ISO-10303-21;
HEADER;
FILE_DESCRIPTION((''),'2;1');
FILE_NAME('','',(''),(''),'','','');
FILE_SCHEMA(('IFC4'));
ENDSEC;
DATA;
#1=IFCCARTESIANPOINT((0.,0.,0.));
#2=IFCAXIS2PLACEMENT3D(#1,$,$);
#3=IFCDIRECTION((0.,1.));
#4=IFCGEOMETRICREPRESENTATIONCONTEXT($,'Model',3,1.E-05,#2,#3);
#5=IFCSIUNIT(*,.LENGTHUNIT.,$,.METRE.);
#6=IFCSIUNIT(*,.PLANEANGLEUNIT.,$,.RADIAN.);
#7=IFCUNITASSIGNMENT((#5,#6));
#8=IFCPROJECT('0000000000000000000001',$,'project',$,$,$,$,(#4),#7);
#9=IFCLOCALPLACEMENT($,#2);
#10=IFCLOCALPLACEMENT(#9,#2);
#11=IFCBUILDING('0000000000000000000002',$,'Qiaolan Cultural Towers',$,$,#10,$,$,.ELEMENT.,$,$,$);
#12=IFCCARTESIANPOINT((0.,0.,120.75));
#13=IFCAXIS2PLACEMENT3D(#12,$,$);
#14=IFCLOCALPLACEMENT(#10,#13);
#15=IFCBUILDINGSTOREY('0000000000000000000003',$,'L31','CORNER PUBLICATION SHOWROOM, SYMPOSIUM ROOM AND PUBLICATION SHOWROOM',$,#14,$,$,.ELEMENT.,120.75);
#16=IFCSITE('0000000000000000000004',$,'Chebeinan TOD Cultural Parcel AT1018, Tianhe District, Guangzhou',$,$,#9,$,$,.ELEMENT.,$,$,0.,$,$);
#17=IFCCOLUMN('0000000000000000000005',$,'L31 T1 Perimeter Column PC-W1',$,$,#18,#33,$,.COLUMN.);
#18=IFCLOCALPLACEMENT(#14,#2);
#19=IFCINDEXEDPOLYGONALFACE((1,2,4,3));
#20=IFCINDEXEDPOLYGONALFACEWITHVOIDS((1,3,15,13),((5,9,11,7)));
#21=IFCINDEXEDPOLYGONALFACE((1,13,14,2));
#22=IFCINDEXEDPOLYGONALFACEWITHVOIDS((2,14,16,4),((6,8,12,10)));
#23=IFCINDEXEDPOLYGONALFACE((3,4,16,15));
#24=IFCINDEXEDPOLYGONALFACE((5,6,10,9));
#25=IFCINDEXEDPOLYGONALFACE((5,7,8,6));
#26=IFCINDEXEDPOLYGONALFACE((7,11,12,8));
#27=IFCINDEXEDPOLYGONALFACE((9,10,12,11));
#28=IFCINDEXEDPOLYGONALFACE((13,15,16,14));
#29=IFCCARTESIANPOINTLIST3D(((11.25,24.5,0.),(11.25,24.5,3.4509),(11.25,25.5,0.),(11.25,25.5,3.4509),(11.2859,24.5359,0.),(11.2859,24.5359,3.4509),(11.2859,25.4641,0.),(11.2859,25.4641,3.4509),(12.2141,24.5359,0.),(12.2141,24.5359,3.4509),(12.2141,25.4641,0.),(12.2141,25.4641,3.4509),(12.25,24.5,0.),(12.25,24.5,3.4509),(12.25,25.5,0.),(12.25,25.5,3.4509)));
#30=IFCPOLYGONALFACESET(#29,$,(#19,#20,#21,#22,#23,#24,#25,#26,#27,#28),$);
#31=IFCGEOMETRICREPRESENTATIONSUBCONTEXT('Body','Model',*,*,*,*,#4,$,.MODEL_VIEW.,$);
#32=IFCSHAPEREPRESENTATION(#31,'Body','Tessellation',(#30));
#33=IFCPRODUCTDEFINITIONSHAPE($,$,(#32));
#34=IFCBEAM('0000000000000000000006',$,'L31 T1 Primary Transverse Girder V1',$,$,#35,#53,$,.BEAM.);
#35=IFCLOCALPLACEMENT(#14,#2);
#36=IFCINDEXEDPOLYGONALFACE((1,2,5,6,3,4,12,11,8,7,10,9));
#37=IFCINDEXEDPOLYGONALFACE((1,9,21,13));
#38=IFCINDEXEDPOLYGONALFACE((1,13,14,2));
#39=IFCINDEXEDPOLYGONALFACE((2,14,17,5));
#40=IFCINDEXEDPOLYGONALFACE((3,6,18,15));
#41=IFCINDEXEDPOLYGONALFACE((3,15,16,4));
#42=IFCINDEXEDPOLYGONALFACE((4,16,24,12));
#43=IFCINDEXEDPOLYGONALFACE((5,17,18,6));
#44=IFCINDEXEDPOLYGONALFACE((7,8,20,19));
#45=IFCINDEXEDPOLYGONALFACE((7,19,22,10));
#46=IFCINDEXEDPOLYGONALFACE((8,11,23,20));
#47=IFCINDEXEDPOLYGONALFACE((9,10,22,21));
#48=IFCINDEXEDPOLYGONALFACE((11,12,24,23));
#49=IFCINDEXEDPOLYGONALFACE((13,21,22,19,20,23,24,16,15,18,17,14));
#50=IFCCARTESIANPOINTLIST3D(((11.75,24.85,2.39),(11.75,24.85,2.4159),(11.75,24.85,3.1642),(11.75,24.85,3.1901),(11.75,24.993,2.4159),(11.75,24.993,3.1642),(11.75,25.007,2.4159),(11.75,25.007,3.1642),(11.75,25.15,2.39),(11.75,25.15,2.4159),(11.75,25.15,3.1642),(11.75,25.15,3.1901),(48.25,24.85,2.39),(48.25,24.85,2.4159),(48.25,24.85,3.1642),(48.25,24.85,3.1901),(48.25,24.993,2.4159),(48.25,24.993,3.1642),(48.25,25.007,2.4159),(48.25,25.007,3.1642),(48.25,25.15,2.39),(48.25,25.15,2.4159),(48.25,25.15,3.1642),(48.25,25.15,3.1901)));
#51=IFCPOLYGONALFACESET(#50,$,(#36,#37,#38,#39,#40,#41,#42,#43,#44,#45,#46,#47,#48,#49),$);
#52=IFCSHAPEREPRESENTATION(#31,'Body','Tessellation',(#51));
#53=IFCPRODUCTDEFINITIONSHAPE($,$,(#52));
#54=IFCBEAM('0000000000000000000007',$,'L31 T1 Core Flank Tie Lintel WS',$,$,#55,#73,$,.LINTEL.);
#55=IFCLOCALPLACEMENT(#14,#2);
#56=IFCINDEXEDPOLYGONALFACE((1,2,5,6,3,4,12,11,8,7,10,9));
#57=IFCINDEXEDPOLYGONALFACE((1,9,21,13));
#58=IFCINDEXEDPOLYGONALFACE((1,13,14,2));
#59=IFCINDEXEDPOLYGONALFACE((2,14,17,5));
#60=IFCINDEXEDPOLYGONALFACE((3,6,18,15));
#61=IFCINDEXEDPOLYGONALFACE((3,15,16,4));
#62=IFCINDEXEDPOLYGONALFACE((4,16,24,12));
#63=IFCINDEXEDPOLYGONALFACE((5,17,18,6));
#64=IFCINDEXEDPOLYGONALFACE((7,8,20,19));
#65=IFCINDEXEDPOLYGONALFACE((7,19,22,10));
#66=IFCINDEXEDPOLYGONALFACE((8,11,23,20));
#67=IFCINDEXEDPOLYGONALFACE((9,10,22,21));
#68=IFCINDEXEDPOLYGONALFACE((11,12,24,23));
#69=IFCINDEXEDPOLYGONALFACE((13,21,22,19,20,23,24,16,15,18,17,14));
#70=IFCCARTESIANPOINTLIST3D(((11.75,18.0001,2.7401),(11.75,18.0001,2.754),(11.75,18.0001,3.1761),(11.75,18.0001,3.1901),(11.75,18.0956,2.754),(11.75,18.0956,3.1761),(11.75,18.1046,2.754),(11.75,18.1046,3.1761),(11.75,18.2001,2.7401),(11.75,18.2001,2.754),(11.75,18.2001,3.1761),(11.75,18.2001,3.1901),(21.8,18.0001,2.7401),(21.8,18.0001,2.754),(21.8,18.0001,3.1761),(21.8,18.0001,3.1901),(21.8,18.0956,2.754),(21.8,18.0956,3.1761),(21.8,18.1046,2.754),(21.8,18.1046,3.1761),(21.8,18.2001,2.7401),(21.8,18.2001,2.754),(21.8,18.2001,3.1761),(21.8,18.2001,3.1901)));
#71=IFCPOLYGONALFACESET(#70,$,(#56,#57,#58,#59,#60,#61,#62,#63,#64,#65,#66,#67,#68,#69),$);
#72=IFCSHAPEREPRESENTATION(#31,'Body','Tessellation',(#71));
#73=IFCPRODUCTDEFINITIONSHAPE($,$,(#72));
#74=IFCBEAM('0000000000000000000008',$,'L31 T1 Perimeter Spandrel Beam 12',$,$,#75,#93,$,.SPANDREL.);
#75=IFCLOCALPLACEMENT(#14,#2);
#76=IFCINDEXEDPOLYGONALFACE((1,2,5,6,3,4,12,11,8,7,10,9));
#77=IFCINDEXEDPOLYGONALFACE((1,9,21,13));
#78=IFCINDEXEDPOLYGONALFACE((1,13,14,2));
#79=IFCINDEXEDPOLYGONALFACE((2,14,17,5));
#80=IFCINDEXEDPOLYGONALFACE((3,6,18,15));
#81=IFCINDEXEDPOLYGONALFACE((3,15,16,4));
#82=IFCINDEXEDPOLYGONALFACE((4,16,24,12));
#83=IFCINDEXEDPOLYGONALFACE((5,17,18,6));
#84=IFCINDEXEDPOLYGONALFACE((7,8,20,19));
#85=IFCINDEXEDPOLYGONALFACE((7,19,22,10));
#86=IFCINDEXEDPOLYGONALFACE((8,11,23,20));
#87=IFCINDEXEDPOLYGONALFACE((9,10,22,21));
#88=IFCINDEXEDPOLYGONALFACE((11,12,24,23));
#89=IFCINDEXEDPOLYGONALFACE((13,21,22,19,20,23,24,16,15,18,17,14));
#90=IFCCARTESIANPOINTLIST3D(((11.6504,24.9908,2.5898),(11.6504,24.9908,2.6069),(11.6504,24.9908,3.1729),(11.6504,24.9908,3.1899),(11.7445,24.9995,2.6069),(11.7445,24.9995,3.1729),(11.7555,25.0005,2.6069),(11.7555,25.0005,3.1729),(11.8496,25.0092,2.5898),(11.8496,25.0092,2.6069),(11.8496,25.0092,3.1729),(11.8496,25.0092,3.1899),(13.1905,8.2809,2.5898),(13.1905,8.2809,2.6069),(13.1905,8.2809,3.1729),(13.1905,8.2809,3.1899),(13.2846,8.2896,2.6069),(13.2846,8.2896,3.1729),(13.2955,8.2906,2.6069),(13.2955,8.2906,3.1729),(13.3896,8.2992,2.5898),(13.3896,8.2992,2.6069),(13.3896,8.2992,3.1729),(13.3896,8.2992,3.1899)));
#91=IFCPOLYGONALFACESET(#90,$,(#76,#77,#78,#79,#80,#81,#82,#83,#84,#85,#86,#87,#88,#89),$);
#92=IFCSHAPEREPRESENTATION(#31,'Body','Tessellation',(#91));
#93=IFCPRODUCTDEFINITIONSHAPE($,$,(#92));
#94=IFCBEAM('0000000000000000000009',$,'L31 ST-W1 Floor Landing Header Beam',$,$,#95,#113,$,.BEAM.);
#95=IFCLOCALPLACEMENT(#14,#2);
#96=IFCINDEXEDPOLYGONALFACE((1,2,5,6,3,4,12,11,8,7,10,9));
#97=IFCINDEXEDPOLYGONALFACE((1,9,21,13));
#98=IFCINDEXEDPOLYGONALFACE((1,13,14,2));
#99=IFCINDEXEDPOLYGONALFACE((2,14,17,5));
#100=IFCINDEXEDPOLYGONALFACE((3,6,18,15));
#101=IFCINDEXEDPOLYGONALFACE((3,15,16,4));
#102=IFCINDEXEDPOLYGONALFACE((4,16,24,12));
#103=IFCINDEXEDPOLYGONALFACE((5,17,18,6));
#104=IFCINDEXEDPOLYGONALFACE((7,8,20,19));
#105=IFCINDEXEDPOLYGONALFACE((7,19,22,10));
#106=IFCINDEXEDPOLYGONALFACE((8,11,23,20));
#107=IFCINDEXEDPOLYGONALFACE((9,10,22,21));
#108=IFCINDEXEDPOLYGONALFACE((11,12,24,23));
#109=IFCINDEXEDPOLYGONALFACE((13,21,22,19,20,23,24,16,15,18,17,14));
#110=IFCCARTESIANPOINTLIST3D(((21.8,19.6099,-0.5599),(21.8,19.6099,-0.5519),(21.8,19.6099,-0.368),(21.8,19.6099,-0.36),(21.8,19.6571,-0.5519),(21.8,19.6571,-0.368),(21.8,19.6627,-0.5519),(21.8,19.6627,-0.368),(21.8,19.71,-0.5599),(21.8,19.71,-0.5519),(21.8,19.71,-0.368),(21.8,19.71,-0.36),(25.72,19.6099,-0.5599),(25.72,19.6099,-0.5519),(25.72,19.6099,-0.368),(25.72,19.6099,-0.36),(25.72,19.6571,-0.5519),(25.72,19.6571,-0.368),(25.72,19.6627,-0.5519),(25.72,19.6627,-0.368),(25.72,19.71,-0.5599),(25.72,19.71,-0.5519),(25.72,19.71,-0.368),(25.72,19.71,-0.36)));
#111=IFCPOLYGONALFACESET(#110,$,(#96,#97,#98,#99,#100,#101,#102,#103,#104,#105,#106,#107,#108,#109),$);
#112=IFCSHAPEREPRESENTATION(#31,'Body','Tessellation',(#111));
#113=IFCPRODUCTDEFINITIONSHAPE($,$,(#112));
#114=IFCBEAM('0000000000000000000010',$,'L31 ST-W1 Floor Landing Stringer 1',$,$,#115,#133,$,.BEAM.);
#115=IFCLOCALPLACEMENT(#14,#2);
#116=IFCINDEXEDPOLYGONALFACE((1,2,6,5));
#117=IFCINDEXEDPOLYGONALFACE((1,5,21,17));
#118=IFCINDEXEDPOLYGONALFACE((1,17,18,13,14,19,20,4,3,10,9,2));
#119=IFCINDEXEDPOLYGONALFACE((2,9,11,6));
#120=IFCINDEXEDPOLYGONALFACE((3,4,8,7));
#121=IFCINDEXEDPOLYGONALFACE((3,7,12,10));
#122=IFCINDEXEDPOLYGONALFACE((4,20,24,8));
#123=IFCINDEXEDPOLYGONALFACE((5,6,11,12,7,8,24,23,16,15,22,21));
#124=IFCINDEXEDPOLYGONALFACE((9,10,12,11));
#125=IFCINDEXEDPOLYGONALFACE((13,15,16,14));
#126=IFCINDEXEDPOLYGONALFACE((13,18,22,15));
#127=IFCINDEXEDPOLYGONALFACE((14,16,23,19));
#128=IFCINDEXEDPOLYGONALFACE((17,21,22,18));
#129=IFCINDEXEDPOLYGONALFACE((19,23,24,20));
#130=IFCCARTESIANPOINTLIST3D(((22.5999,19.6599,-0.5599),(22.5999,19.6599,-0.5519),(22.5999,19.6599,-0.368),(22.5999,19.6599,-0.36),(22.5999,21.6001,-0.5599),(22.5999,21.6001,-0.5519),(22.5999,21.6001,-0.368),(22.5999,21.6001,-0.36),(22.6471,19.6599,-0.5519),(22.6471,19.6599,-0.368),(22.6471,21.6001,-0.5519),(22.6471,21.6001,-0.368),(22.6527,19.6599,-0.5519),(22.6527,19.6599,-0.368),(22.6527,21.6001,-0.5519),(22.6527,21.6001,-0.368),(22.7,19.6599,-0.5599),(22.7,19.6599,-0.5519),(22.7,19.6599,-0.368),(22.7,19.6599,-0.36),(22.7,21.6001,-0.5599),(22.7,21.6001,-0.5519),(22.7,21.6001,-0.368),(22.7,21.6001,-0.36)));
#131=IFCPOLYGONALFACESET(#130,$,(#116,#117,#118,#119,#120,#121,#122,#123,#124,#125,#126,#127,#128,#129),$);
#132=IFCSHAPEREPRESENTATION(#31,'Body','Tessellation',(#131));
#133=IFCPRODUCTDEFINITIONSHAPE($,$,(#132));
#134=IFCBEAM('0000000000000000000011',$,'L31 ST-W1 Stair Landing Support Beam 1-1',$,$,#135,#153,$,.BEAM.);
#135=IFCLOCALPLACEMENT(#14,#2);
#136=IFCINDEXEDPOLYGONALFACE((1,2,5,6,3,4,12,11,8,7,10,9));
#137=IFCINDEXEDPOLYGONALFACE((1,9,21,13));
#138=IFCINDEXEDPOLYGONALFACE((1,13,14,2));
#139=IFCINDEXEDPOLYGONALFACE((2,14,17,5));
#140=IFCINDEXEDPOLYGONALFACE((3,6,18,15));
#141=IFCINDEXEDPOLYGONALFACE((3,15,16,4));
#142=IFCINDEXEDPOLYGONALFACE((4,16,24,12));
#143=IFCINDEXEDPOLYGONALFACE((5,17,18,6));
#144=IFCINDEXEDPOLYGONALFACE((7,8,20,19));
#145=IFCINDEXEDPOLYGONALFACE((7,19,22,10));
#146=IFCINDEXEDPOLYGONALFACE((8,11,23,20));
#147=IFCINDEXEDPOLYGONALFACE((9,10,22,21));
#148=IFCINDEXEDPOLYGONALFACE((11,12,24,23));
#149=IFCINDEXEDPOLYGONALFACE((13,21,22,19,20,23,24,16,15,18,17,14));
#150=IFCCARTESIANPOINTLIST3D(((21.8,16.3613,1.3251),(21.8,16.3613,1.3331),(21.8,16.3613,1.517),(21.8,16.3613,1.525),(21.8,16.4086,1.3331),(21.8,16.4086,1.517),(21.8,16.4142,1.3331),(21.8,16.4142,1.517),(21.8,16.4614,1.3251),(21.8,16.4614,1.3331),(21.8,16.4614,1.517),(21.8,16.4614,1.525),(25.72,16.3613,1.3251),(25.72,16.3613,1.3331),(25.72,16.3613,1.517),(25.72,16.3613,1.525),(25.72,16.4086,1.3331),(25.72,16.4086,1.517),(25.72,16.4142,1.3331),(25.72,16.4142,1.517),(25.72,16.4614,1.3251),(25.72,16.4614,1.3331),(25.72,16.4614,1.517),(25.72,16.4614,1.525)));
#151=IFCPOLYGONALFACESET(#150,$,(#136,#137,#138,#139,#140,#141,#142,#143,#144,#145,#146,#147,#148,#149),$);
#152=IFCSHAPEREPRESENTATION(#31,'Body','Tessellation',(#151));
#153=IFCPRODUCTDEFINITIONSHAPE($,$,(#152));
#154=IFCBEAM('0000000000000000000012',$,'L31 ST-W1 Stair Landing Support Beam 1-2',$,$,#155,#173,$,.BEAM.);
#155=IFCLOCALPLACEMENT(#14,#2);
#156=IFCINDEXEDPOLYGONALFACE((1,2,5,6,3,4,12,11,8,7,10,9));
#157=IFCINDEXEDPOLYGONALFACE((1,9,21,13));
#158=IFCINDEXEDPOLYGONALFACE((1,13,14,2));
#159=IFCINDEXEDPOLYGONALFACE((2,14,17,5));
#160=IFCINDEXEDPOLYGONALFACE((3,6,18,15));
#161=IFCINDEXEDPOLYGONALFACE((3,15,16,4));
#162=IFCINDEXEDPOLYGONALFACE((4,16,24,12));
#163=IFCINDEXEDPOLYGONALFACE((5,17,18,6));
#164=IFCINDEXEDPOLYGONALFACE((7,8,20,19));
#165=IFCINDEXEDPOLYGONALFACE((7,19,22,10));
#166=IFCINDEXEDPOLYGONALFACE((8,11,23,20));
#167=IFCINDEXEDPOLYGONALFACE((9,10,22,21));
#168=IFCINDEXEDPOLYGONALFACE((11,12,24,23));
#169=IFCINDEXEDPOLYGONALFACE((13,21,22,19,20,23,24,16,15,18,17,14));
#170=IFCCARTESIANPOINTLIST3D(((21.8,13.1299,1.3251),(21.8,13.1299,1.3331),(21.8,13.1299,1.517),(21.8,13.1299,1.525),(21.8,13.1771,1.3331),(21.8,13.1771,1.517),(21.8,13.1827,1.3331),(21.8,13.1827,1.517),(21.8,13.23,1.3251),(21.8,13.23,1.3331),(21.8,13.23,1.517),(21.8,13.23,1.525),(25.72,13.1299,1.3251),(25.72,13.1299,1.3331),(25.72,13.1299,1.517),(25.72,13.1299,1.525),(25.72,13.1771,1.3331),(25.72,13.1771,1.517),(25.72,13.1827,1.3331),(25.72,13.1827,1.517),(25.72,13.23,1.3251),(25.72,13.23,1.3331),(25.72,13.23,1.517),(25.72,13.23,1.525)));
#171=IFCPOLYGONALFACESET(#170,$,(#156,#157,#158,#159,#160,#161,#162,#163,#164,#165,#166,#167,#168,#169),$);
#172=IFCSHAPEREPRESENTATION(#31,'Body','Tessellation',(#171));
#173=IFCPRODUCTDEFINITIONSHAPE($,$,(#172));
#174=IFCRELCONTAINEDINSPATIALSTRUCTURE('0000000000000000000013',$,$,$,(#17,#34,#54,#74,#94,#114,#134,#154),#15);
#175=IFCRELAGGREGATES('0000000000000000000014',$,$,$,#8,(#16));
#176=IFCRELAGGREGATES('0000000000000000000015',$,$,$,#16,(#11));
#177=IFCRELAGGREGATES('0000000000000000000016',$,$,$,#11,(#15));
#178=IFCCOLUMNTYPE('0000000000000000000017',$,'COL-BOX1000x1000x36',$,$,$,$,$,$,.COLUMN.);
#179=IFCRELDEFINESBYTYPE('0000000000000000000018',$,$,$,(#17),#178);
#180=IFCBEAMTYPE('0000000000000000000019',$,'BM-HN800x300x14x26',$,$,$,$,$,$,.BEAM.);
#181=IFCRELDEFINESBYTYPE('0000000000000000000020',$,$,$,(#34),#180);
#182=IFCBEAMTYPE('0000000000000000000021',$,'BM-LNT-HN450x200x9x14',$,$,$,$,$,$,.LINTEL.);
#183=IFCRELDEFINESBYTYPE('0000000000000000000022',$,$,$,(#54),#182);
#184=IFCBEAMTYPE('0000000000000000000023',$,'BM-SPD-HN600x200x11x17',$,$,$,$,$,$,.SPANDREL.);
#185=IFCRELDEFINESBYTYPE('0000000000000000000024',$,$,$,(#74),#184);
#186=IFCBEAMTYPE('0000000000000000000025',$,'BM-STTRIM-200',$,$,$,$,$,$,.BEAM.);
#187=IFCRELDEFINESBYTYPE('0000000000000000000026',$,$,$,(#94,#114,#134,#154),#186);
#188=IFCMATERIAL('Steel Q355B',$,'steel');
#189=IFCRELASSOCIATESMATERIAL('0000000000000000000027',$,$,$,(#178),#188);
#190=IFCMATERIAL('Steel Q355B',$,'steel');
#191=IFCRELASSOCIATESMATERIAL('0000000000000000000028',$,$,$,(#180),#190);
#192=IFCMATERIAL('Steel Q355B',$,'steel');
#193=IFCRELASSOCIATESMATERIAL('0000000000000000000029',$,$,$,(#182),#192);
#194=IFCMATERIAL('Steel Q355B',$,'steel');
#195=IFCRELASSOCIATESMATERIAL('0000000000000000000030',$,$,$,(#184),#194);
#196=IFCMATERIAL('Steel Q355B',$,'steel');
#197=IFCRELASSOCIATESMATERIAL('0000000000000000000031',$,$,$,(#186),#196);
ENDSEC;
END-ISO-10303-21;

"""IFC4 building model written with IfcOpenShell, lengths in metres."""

from ifc_helpers import new_model, si_unit, direction, frame, origin, origin_2d, place, context, subcontext, project, spatial, hollow_rectangle, i_section, extrude, material, material_profile, profile_set, type_object, element, save


model = new_model("IFC4")

# Units and contexts
model_context = context("Model", 3, precision=1e-05, world=origin(), true_north=direction((0.0, 1.0)))
body_context = subcontext(model_context, "Body", "Model", "MODEL_VIEW")
ifc_project = project(units=[si_unit("LENGTHUNIT", "METRE"), si_unit("PLANEANGLEUNIT", "RADIAN")], contexts=[model_context])

# Site, building, storey
site_placement = place(None, origin())
site = spatial("IfcSite", under=ifc_project, at=site_placement, Name="Chebeinan TOD Cultural Parcel AT1018, Tianhe District, Guangzhou", CompositionType="ELEMENT", RefElevation=0.0)
building_placement = place(site_placement, origin())
building = spatial("IfcBuilding", under=site, at=building_placement, Name="Qiaolan Cultural Towers", CompositionType="ELEMENT")
storey_placement = place(building_placement, frame((0.0, 0.0, 120.75)))
storey = spatial("IfcBuildingStorey", under=building, at=storey_placement, Name="L31", Description="CORNER PUBLICATION SHOWROOM, SYMPOSIUM ROOM AND PUBLICATION SHOWROOM", CompositionType="ELEMENT", Elevation=120.75)

# Column
ifc_material_1 = material(Name="Steel Q355B", Category="steel")
ifc_material_profile_1 = material_profile(ifc_material_1, hollow_rectangle(XDim=1.0, YDim=1.0, WallThickness=0.0359, at=origin_2d()), Name="BOX1000x1000x36")
ifc_profile_set_1 = profile_set([ifc_material_profile_1], Name="Steel Q355B")
column_type = type_object("IfcColumnType", Name="COL-BOX1000x1000x36", PredefinedType="COLUMN", material=ifc_profile_set_1)
column_placement = place(storey_placement, frame((11.75, 25.0, 0.0), z_axis=(0.0, 0.0, 1.0), x_axis=(1.0, 0.0, 0.0)))
element("IfcColumn", 1, at=column_placement, inside=storey, type_object=column_type, Name="L31 T1 Perimeter Column PC-W1", PredefinedType="COLUMN", context=body_context, shape_type="SweptSolid", body=[
    extrude(hollow_rectangle(XDim=1.0, YDim=1.0, WallThickness=0.0359, at=origin_2d()), origin(), (0.0, 0.0, 1.0), 3.4509),
])

# Beams
ifc_material_2 = material(Name="Steel Q355B", Category="steel")
ifc_material_profile_2 = material_profile(ifc_material_2, i_section(OverallWidth=0.3, OverallDepth=0.8, WebThickness=0.0139, FlangeThickness=0.0259, at=origin_2d()), Name="HN800x300x14x26")
ifc_profile_set_2 = profile_set([ifc_material_profile_2], Name="Steel Q355B")
beam_type_1 = type_object("IfcBeamType", Name="BM-HN800x300x14x26", PredefinedType="BEAM", material=ifc_profile_set_2)
beam_1_placement = place(storey_placement, frame((11.75, 25.0, 2.79), z_axis=(1.0, 0.0, 0.0), x_axis=(0.0, 1.0, 0.0)))
element("IfcBeam", 2, at=beam_1_placement, inside=storey, type_object=beam_type_1, Name="L31 T1 Primary Transverse Girder V1", PredefinedType="BEAM", context=body_context, shape_type="SweptSolid", body=[
    extrude(i_section(OverallWidth=0.3, OverallDepth=0.8, WebThickness=0.0139, FlangeThickness=0.0259, at=origin_2d()), origin(), (0.0, 0.0, 1.0), 36.5),
])
ifc_material_3 = material(Name="Steel Q355B", Category="steel")
ifc_material_profile_3 = material_profile(ifc_material_3, i_section(OverallWidth=0.2, OverallDepth=0.45, WebThickness=0.009, FlangeThickness=0.0139, at=origin_2d()), Name="HN450x200x9x14")
ifc_profile_set_3 = profile_set([ifc_material_profile_3], Name="Steel Q355B")
beam_type_2 = type_object("IfcBeamType", Name="BM-LNT-HN450x200x9x14", PredefinedType="LINTEL", material=ifc_profile_set_3)
beam_2_placement = place(storey_placement, frame((21.8, 18.1001, 2.9651), z_axis=(-1.0, 0.0, 0.0), x_axis=(0.0, -1.0, 0.0)))
element("IfcBeam", 3, at=beam_2_placement, inside=storey, type_object=beam_type_2, Name="L31 T1 Core Flank Tie Lintel WS", PredefinedType="LINTEL", context=body_context, shape_type="SweptSolid", body=[
    extrude(i_section(OverallWidth=0.2, OverallDepth=0.45, WebThickness=0.009, FlangeThickness=0.0139, at=origin_2d()), origin(), (0.0, 0.0, 1.0), 10.05),
])
ifc_material_4 = material(Name="Steel Q355B", Category="steel")
ifc_material_profile_4 = material_profile(ifc_material_4, i_section(OverallWidth=0.2, OverallDepth=0.6001, WebThickness=0.011, FlangeThickness=0.0171, at=origin_2d()), Name="HN600x200x11x17")
ifc_profile_set_4 = profile_set([ifc_material_profile_4], Name="Steel Q355B")
beam_type_3 = type_object("IfcBeamType", Name="BM-SPD-HN600x200x11x17", PredefinedType="SPANDREL", material=ifc_profile_set_4)
beam_3_placement = place(storey_placement, frame((11.75, 25.0, 2.8899), z_axis=(0.091774, -0.99578, 0.0), x_axis=(0.99578, 0.091774, 0.0)))
element("IfcBeam", 4, at=beam_3_placement, inside=storey, type_object=beam_type_3, Name="L31 T1 Perimeter Spandrel Beam 12", PredefinedType="SPANDREL", context=body_context, shape_type="SweptSolid", body=[
    extrude(i_section(OverallWidth=0.2, OverallDepth=0.6001, WebThickness=0.011, FlangeThickness=0.0171, at=origin_2d()), origin(), (0.0, 0.0, 1.0), 16.7808),
])
ifc_material_5 = material(Name="Steel Q355B", Category="steel")
ifc_material_profile_5 = material_profile(ifc_material_5, i_section(OverallWidth=0.1001, OverallDepth=0.2, WebThickness=0.0056, FlangeThickness=0.0081, at=origin_2d()), Name="HN200x100x5.5x8")
ifc_profile_set_5 = profile_set([ifc_material_profile_5], Name="Steel Q355B")
beam_type_4 = type_object("IfcBeamType", Name="BM-STTRIM-200", PredefinedType="BEAM", material=ifc_profile_set_5)
beam_4_placement = place(storey_placement, frame((21.8, 19.6599, -0.46), z_axis=(1.0, 0.0, 0.0), x_axis=(0.0, 1.0, 0.0)))
element("IfcBeam", 5, at=beam_4_placement, inside=storey, type_object=beam_type_4, Name="L31 ST-W1 Floor Landing Header Beam", PredefinedType="BEAM", context=body_context, shape_type="SweptSolid", body=[
    extrude(i_section(OverallWidth=0.1001, OverallDepth=0.2, WebThickness=0.0056, FlangeThickness=0.0081, at=origin_2d()), origin(), (0.0, 0.0, 1.0), 3.9199),
])
beam_5_placement = place(storey_placement, frame((22.6499, 21.6001, -0.46), z_axis=(0.0, -1.0, 0.0), x_axis=(1.0, 0.0, 0.0)))
element("IfcBeam", 6, at=beam_5_placement, inside=storey, type_object=beam_type_4, Name="L31 ST-W1 Floor Landing Stringer 1", PredefinedType="BEAM", context=body_context, shape_type="SweptSolid", body=[
    extrude(i_section(OverallWidth=0.1001, OverallDepth=0.2, WebThickness=0.0056, FlangeThickness=0.0081, at=origin_2d()), origin(), (0.0, 0.0, 1.0), 1.9402),
])
for number, where, z_axis, x_axis, name in (
    (7, (21.8, 16.4114, 1.425), (1.0, 0.0, 0.0), (0.0, 1.0, 0.0), "L31 ST-W1 Stair Landing Support Beam 1-1"),
    (8, (21.8, 13.1799, 1.425), (1.0, 0.0, 0.0), (0.0, 1.0, 0.0), "L31 ST-W1 Stair Landing Support Beam 1-2"),
):
    element("IfcBeam", number, at=place(storey_placement, frame(where, z_axis=z_axis, x_axis=x_axis)), inside=storey, type_object=beam_type_4, Name=name, PredefinedType="BEAM", context=body_context, shape_type="SweptSolid", body=[
        extrude(i_section(OverallWidth=0.1001, OverallDepth=0.2, WebThickness=0.0056, FlangeThickness=0.0081, at=origin_2d()), origin(), (0.0, 0.0, 1.0), 3.9199),
    ])

save(model, "model.ifc")
